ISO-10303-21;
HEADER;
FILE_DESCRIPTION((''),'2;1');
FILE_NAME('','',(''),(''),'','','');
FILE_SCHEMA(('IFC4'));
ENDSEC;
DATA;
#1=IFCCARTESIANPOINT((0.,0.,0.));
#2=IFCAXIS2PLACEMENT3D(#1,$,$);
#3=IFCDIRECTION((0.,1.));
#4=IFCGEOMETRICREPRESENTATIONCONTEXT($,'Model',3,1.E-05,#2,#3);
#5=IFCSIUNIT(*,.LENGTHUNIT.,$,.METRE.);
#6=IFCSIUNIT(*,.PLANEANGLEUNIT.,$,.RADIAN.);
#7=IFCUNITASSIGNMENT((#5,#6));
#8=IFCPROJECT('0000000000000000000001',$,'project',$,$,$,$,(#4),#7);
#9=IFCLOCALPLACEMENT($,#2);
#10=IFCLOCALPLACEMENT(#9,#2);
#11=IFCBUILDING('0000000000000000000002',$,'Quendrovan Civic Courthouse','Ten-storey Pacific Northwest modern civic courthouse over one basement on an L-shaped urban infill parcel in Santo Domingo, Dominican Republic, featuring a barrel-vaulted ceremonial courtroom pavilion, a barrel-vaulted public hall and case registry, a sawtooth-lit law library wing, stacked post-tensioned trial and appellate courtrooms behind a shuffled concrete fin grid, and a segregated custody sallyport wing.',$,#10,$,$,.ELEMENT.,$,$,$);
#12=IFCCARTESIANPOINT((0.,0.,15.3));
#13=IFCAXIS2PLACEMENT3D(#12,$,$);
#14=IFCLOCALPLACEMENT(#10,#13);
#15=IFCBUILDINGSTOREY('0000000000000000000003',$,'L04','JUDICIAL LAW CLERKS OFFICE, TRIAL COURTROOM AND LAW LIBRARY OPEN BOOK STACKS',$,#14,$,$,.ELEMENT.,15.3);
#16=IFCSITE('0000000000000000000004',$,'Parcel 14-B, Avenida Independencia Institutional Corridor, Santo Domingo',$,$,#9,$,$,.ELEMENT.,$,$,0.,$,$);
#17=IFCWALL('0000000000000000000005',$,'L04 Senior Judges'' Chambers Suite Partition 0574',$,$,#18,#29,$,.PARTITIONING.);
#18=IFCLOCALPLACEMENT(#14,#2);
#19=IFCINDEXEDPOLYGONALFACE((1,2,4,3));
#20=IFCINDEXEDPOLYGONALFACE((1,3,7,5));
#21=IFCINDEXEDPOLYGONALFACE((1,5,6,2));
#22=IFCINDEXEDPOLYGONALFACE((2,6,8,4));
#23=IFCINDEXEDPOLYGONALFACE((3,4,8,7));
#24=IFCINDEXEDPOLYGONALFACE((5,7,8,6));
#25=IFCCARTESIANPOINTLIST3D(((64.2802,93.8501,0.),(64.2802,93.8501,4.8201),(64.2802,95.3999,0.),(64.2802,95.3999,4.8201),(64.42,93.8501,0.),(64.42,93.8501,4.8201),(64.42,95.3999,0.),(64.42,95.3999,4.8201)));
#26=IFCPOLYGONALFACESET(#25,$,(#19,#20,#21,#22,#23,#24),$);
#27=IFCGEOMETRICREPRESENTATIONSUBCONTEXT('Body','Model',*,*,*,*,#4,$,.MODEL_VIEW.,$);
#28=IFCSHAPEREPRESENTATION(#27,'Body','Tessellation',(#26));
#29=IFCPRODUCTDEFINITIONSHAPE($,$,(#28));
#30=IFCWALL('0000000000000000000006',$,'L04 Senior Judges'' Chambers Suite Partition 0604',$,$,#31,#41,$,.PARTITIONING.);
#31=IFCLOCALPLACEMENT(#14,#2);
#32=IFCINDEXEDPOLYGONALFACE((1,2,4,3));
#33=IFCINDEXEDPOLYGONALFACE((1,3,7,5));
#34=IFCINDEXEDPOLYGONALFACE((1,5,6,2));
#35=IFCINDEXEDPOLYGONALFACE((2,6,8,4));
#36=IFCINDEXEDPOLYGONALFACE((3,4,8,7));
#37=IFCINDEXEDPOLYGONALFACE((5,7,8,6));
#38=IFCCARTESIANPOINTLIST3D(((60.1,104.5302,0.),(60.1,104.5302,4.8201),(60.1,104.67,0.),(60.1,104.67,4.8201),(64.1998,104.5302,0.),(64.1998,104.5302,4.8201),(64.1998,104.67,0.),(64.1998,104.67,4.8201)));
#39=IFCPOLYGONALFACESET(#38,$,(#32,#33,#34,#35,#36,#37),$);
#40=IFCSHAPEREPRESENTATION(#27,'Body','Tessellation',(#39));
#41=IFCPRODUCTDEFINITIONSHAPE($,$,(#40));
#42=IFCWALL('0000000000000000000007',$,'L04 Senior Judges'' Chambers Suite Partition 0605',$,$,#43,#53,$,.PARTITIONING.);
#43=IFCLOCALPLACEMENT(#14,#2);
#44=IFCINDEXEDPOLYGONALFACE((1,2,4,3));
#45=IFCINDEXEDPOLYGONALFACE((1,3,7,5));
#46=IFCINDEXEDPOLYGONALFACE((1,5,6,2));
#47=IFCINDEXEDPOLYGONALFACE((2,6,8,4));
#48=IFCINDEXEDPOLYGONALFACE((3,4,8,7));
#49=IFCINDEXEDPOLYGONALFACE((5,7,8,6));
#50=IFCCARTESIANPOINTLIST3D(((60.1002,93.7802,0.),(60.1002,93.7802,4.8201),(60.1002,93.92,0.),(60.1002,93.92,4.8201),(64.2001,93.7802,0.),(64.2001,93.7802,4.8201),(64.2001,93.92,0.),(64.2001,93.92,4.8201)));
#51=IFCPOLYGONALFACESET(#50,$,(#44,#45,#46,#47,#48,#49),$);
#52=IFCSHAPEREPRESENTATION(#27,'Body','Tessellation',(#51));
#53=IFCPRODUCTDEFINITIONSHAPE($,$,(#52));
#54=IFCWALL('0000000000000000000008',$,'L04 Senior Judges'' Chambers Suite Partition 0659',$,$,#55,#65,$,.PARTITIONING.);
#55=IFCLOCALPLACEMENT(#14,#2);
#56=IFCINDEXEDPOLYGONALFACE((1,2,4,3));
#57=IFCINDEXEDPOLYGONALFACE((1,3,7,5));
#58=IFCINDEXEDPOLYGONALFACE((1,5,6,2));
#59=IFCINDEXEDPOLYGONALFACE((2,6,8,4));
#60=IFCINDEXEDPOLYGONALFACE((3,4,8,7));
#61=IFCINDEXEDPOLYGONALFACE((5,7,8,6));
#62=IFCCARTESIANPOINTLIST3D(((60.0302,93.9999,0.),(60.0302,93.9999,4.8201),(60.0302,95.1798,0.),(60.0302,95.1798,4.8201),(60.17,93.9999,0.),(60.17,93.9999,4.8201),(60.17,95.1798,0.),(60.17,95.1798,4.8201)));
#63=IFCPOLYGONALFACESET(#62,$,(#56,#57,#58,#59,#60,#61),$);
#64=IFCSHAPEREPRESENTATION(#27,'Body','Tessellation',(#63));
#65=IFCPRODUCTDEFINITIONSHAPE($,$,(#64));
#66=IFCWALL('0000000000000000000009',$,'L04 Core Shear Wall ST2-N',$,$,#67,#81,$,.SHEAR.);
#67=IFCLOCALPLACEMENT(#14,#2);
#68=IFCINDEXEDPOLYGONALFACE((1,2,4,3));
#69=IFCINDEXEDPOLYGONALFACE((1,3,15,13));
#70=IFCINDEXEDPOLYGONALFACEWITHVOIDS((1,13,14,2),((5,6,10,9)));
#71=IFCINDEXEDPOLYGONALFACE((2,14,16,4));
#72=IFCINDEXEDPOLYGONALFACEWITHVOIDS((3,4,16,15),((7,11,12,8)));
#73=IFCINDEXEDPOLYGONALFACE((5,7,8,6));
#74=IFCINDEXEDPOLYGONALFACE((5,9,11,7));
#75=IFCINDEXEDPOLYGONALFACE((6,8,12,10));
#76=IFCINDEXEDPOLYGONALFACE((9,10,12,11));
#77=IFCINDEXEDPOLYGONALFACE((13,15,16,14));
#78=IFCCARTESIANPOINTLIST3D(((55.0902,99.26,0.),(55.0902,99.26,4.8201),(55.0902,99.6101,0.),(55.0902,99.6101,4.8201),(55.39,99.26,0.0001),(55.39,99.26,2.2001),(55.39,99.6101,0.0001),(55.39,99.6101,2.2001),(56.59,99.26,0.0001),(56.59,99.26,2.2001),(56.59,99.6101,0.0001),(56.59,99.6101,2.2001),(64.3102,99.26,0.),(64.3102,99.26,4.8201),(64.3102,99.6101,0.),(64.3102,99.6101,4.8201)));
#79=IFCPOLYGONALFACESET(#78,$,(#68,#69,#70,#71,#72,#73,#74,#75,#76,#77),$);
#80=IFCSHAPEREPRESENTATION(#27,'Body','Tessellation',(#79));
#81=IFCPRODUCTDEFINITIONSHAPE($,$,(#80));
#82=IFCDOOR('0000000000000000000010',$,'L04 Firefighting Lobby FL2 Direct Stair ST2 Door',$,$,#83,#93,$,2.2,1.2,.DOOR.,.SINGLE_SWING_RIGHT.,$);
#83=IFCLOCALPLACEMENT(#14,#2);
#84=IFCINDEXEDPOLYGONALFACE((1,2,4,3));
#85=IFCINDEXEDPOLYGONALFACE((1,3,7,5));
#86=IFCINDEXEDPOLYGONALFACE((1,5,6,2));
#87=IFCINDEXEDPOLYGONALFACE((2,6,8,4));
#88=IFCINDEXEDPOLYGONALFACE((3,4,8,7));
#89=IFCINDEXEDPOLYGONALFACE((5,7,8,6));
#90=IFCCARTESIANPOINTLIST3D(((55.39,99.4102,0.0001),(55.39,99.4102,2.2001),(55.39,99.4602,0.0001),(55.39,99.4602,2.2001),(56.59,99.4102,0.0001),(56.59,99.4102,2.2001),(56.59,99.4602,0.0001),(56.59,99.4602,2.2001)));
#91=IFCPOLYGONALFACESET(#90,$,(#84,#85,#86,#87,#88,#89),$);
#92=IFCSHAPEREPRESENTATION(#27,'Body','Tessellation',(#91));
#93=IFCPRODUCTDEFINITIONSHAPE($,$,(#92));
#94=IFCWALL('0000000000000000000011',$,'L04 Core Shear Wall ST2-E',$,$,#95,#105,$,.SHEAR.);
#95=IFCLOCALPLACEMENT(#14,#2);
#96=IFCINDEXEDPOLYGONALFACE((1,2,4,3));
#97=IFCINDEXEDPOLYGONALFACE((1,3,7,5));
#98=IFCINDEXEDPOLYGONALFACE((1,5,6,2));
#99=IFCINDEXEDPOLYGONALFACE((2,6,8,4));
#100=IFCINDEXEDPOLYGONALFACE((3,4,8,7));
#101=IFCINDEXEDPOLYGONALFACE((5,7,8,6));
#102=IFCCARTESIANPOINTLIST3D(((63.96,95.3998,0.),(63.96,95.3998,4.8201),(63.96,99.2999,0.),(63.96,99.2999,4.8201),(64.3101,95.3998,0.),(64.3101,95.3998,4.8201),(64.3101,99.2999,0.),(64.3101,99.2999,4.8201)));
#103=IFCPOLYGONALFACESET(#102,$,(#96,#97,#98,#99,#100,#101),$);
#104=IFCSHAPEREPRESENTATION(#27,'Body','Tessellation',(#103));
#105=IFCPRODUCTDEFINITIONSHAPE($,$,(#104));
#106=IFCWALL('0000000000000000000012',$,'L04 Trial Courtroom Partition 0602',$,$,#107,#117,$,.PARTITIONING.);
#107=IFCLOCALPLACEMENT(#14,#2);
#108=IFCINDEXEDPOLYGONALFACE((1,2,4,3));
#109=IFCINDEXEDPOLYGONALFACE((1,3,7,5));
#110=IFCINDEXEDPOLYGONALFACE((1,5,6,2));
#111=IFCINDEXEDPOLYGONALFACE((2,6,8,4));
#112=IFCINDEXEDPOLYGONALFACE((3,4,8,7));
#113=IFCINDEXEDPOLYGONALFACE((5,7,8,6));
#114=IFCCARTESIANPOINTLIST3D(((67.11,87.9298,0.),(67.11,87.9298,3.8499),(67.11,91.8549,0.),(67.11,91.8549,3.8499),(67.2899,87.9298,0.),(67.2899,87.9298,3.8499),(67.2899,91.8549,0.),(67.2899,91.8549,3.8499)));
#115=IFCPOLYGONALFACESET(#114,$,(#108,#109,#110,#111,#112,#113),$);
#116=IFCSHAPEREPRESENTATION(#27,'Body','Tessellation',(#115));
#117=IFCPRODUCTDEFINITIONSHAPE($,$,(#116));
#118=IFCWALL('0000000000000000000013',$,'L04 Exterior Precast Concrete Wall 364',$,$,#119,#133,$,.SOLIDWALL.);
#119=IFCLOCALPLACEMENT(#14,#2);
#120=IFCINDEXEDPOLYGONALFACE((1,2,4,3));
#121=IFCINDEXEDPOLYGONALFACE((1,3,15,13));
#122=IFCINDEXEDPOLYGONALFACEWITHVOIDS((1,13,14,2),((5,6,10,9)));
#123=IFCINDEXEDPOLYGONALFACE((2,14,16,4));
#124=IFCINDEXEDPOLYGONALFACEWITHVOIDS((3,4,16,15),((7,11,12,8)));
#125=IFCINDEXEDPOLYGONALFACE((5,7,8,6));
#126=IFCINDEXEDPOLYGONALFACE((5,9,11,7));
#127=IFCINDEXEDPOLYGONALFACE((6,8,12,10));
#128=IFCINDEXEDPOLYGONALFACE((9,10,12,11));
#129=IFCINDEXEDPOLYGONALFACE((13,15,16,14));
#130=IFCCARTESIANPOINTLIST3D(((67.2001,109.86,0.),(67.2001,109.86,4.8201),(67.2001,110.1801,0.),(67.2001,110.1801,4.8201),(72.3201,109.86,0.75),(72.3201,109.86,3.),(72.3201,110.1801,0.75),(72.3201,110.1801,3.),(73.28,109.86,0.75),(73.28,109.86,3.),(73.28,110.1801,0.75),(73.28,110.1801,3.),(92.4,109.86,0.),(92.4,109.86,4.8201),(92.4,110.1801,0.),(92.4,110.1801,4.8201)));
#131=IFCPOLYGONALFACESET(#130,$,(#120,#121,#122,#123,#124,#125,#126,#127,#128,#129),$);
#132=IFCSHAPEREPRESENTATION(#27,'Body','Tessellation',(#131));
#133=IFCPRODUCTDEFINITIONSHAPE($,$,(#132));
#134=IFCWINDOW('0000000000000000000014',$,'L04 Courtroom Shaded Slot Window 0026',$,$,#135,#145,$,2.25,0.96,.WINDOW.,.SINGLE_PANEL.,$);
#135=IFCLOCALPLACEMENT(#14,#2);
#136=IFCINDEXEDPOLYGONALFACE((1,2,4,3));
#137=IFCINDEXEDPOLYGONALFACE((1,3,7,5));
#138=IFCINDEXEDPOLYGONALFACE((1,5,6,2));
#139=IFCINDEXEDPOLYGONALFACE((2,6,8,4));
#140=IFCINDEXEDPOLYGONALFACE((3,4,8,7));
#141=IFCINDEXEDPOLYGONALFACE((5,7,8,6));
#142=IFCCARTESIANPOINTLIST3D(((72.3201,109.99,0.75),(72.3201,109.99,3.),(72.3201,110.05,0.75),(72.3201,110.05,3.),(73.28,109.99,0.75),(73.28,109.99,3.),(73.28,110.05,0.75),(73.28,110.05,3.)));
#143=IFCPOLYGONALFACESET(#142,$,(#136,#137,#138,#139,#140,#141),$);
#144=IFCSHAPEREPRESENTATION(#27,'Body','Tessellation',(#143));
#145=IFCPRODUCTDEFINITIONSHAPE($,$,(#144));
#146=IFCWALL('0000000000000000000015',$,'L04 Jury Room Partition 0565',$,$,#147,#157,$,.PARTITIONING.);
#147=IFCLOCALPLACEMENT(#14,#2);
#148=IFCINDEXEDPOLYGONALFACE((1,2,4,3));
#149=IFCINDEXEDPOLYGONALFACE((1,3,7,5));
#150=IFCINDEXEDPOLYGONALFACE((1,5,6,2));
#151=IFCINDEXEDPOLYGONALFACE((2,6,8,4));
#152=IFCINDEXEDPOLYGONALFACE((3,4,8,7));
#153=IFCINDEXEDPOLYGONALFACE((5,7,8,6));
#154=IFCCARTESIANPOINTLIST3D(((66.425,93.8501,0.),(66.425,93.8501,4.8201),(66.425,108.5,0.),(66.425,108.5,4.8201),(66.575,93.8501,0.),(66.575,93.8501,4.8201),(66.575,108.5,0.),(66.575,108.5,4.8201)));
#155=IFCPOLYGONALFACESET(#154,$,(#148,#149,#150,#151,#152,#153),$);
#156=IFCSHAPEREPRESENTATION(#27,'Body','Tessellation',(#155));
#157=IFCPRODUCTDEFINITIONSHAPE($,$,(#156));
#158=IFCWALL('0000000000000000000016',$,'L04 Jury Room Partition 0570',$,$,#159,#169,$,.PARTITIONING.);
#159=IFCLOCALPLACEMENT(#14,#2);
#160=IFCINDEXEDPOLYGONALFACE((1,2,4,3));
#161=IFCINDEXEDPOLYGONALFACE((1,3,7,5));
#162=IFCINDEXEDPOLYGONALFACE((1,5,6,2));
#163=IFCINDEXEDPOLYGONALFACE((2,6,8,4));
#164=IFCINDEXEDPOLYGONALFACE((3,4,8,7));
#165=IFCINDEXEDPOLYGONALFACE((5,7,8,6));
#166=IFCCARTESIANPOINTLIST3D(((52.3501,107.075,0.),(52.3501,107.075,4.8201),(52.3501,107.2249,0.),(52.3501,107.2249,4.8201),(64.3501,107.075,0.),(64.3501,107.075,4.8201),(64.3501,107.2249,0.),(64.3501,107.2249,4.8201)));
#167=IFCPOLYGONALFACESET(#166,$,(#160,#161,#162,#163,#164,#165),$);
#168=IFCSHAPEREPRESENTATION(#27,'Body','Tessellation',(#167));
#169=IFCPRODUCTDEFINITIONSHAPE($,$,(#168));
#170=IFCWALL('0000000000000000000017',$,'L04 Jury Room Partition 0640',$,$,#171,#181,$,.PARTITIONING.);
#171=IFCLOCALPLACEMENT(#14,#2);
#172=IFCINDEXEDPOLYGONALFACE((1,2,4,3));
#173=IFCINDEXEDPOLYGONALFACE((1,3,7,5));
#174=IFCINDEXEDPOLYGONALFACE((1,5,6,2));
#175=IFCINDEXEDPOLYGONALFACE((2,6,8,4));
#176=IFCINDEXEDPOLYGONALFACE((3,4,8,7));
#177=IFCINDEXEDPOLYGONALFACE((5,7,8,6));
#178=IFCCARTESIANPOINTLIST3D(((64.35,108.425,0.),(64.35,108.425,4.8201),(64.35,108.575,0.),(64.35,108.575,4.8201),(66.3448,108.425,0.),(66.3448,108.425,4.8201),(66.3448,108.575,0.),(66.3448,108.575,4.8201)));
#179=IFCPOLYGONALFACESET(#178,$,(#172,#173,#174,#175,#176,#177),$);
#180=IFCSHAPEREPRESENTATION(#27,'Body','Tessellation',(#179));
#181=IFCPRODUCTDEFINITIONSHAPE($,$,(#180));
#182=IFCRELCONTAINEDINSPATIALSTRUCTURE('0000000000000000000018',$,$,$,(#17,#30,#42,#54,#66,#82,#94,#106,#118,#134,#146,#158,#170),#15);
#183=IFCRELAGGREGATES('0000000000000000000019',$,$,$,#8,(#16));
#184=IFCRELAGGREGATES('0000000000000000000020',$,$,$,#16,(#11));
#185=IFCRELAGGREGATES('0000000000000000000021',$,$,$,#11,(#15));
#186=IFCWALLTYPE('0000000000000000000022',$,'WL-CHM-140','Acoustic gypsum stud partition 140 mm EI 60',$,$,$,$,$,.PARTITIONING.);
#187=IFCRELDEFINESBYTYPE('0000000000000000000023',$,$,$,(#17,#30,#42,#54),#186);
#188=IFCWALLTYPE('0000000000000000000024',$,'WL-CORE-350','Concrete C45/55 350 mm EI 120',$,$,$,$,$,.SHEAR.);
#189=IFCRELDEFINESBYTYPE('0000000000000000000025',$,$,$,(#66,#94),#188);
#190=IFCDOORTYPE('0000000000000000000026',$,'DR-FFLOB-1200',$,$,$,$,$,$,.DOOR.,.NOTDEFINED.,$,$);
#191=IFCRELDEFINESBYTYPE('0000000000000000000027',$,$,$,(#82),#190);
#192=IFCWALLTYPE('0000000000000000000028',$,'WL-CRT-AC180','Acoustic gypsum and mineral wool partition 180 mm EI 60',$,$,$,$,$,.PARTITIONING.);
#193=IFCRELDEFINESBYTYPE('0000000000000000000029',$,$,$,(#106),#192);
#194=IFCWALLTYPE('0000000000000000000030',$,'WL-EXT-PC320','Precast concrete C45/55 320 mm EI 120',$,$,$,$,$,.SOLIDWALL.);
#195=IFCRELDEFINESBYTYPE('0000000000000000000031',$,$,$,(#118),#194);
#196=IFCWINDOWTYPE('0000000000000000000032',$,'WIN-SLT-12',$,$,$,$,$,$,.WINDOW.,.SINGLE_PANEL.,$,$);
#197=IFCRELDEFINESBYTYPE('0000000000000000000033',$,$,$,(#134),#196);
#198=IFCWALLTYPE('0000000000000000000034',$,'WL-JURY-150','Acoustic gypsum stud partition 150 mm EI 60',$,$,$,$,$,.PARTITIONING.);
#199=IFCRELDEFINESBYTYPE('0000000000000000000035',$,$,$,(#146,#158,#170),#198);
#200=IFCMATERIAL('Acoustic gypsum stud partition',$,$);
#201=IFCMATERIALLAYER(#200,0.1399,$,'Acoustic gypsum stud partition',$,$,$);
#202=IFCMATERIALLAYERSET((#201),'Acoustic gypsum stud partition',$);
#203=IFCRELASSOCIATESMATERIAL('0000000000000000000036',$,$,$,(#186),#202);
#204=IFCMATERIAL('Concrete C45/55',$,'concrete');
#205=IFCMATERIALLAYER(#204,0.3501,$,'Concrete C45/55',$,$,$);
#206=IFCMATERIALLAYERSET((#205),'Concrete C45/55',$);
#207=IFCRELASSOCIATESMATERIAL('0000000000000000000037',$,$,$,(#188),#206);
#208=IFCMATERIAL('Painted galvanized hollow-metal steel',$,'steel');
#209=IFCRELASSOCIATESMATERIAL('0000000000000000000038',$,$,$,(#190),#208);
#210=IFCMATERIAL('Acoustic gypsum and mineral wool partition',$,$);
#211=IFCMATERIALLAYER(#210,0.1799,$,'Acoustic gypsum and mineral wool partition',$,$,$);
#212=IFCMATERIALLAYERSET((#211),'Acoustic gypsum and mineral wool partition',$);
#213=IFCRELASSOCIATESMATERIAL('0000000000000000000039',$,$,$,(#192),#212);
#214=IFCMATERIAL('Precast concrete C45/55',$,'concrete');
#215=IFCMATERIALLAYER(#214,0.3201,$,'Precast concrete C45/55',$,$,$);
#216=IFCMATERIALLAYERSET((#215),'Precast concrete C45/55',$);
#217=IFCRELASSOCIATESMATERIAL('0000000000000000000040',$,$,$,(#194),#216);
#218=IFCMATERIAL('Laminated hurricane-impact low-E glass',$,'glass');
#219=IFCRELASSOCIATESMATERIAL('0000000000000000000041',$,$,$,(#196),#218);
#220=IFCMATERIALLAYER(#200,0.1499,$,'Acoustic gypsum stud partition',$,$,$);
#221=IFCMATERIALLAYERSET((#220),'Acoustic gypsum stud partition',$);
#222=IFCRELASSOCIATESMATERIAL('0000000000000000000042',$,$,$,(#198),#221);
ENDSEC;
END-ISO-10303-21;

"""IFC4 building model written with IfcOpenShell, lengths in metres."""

from ifc_helpers import new_model, si_unit, direction, frame, frame_2d, origin, place, context, subcontext, project, spatial, rectangle, extrude, material, layer, layer_set, type_object, element, fill, save


model = new_model("IFC4")

# Units and contexts
model_context = context("Model", 3, precision=1e-05, world=origin(), true_north=direction((0.0, 1.0)))
body_context = subcontext(model_context, "Body", "Model", "MODEL_VIEW")
ifc_project = project(units=[si_unit("LENGTHUNIT", "METRE"), si_unit("PLANEANGLEUNIT", "RADIAN")], contexts=[model_context])

# Site, building, storey
site_placement = place(None, origin())
site = spatial("IfcSite", under=ifc_project, at=site_placement, Name="Parcel 14-B, Avenida Independencia Institutional Corridor, Santo Domingo", CompositionType="ELEMENT", RefElevation=0.0)
building_placement = place(site_placement, origin())
building = spatial("IfcBuilding", under=site, at=building_placement, Name="Quendrovan Civic Courthouse", Description="Ten-storey Pacific Northwest modern civic courthouse over one basement on an L-shaped urban infill parcel in Santo Domingo, Dominican Republic, featuring a barrel-vaulted ceremonial courtroom pavilion, a barrel-vaulted public hall and case registry, a sawtooth-lit law library wing, stacked post-tensioned trial and appellate courtrooms behind a shuffled concrete fin grid, and a segregated custody sallyport wing.", CompositionType="ELEMENT")
storey_placement = place(building_placement, frame((0.0, 0.0, 15.3)))
storey = spatial("IfcBuildingStorey", under=building, at=storey_placement, Name="L04", Description="JUDICIAL LAW CLERKS OFFICE, TRIAL COURTROOM AND LAW LIBRARY OPEN BOOK STACKS", CompositionType="ELEMENT", Elevation=15.3)

# Shared definitions
ifc_material_1 = material(Name="Concrete C45/55", Category="concrete")

# Shared definitions
ifc_material_2 = material(Name="Precast concrete C45/55", Category="concrete")

# Shared definitions
ifc_material_3 = material(Name="Acoustic gypsum stud partition")
ifc_layer_1 = layer(ifc_material_3, 0.1399, Name="Acoustic gypsum stud partition")
ifc_layer_set_1 = layer_set([ifc_layer_1], Name="Acoustic gypsum stud partition")
wall_type_1 = type_object("IfcWallType", Name="WL-CHM-140", Description="Acoustic gypsum stud partition 140 mm EI 60", PredefinedType="PARTITIONING", material=ifc_layer_set_1)

# Walls
wall_1_placement = place(storey_placement, frame((64.3501, 95.3999, 0.0), z_axis=(0.0, 0.0, 1.0), x_axis=(0.0, -1.0, 0.0)))
element("IfcWall", 1, at=wall_1_placement, inside=storey, type_object=wall_type_1, Name="L04 Senior Judges' Chambers Suite Partition 0574", PredefinedType="PARTITIONING", context=body_context, shape_type="SweptSolid", body=[
    extrude(rectangle(XDim=1.5498, YDim=0.1399, at=frame_2d((0.7749, 0.0))), origin(), (0.0, 0.0, 1.0), 4.8201),
])
for number, where, z_axis, x_axis, name in (
    (2, (60.1001, 104.6001, 0.0), (0.0, 0.0, 1.0), (1.0, 0.0, 0.0), "L04 Senior Judges' Chambers Suite Partition 0604"),
    (3, (64.2, 93.8501, 0.0), (0.0, 0.0, 1.0), (-1.0, 0.0, 0.0), "L04 Senior Judges' Chambers Suite Partition 0605"),
):
    element("IfcWall", number, at=place(storey_placement, frame(where, z_axis=z_axis, x_axis=x_axis)), inside=storey, type_object=wall_type_1, Name=name, PredefinedType="PARTITIONING", context=body_context, shape_type="SweptSolid", body=[
        extrude(rectangle(XDim=4.0999, YDim=0.1399, at=frame_2d((2.0498, 0.0))), origin(), (0.0, 0.0, 1.0), 4.8201),
    ])
wall_2_placement = place(storey_placement, frame((60.1001, 94.0, 0.0), z_axis=(0.0, 0.0, 1.0), x_axis=(0.0, 1.0, 0.0)))
element("IfcWall", 4, at=wall_2_placement, inside=storey, type_object=wall_type_1, Name="L04 Senior Judges' Chambers Suite Partition 0659", PredefinedType="PARTITIONING", context=body_context, shape_type="SweptSolid", body=[
    extrude(rectangle(XDim=1.1799, YDim=0.1399, at=frame_2d((0.5898, 0.0))), origin(), (0.0, 0.0, 1.0), 4.8201),
])

# Wall, opening, door
ifc_layer_2 = layer(ifc_material_1, 0.3501, Name="Concrete C45/55")
ifc_layer_set_2 = layer_set([ifc_layer_2], Name="Concrete C45/55")
wall_type_2 = type_object("IfcWallType", Name="WL-CORE-350", Description="Concrete C45/55 350 mm EI 120", PredefinedType="SHEAR", material=ifc_layer_set_2)
wall_3_placement = place(storey_placement, frame((64.3101, 99.4351, 0.0), z_axis=(0.0, 0.0, 1.0), x_axis=(-1.0, 0.0, 0.0)))
wall_3 = element("IfcWall", 5, at=wall_3_placement, inside=storey, type_object=wall_type_2, Name="L04 Core Shear Wall ST2-N", PredefinedType="SHEAR", context=body_context, shape_type="SweptSolid", body=[
    extrude(rectangle(XDim=9.22, YDim=0.3501, at=frame_2d((4.6099, 0.0))), origin(), (0.0, 0.0, 1.0), 4.8201),
])
opening_1_placement = place(wall_3_placement, frame((7.72, 0.0, 0.0)))
opening_1 = element("IfcOpeningElement", 6, at=opening_1_placement, cuts=wall_3, PredefinedType="OPENING", context=body_context, shape_type="SweptSolid", body=[
    extrude(rectangle(XDim=1.2, YDim=2.2, at=frame_2d((0.6001, 1.1001))), frame((0.0, 0.1851, 0.0), z_axis=(0.0, -1.0, 0.0), x_axis=(1.0, 0.0, 0.0)), (0.0, 0.0, 1.0), 0.3701),
])
ifc_material_4 = material(Name="Painted galvanized hollow-metal steel", Category="steel")
door_type_1 = type_object("IfcDoorType", Name="DR-FFLOB-1200", OperationType="NOTDEFINED", PredefinedType="DOOR", material=ifc_material_4)
door_1_placement = place(opening_1_placement, origin())
door_1 = element("IfcDoor", 7, at=door_1_placement, inside=storey, type_object=door_type_1, Name="L04 Firefighting Lobby FL2 Direct Stair ST2 Door", OperationType="SINGLE_SWING_RIGHT", OverallHeight=2.2, OverallWidth=1.2, PredefinedType="DOOR", context=body_context, shape_type="SweptSolid", body=[
    extrude(rectangle(XDim=1.2, YDim=2.2, at=frame_2d((0.6001, 1.1001))), frame((0.0, 0.0249, 0.0), z_axis=(0.0, -1.0, 0.0), x_axis=(1.0, 0.0, 0.0)), (0.0, 0.0, 1.0), 0.05),
])
fill(opening_1, door_1)

# Walls
wall_4_placement = place(storey_placement, frame((64.135, 99.3, 0.0), z_axis=(0.0, 0.0, 1.0), x_axis=(0.0, -1.0, 0.0)))
element("IfcWall", 8, at=wall_4_placement, inside=storey, type_object=wall_type_2, Name="L04 Core Shear Wall ST2-E", PredefinedType="SHEAR", context=body_context, shape_type="SweptSolid", body=[
    extrude(rectangle(XDim=3.9001, YDim=0.3501, at=frame_2d((1.9502, 0.0))), origin(), (0.0, 0.0, 1.0), 4.8201),
])
ifc_material_5 = material(Name="Acoustic gypsum and mineral wool partition")
ifc_layer_3 = layer(ifc_material_5, 0.1799, Name="Acoustic gypsum and mineral wool partition")
ifc_layer_set_3 = layer_set([ifc_layer_3], Name="Acoustic gypsum and mineral wool partition")
wall_type_3 = type_object("IfcWallType", Name="WL-CRT-AC180", Description="Acoustic gypsum and mineral wool partition 180 mm EI 60", PredefinedType="PARTITIONING", material=ifc_layer_set_3)
wall_5_placement = place(storey_placement, frame((67.2, 87.9299, 0.0), z_axis=(0.0, 0.0, 1.0), x_axis=(0.0, 1.0, 0.0)))
element("IfcWall", 9, at=wall_5_placement, inside=storey, type_object=wall_type_3, Name="L04 Trial Courtroom Partition 0602", PredefinedType="PARTITIONING", context=body_context, shape_type="SweptSolid", body=[
    extrude(rectangle(XDim=3.925, YDim=0.1799, at=frame_2d((1.9624, 0.0))), origin(), (0.0, 0.0, 1.0), 3.8499),
])

# Wall, opening, window
ifc_layer_4 = layer(ifc_material_2, 0.3201, Name="Precast concrete C45/55")
ifc_layer_set_4 = layer_set([ifc_layer_4], Name="Precast concrete C45/55")
wall_type_4 = type_object("IfcWallType", Name="WL-EXT-PC320", Description="Precast concrete C45/55 320 mm EI 120", PredefinedType="SOLIDWALL", material=ifc_layer_set_4)
wall_6_placement = place(storey_placement, frame((67.2, 110.02, 0.0), z_axis=(0.0, 0.0, 1.0), x_axis=(1.0, 0.0, 0.0)))
wall_6 = element("IfcWall", 10, at=wall_6_placement, inside=storey, type_object=wall_type_4, Name="L04 Exterior Precast Concrete Wall 364", PredefinedType="SOLIDWALL", context=body_context, shape_type="SweptSolid", body=[
    extrude(rectangle(XDim=25.2, YDim=0.3201, at=frame_2d((12.6001, 0.0))), origin(), (0.0, 0.0, 1.0), 4.8201),
])
opening_2_placement = place(wall_6_placement, frame((5.1201, 0.0, 0.75)))
opening_2 = element("IfcOpeningElement", 11, at=opening_2_placement, cuts=wall_6, PredefinedType="OPENING", context=body_context, shape_type="SweptSolid", body=[
    extrude(rectangle(XDim=0.96, YDim=2.25, at=frame_2d((0.48, 1.125))), frame((0.0, 0.1699, 0.0), z_axis=(0.0, -1.0, 0.0), x_axis=(1.0, 0.0, 0.0)), (0.0, 0.0, 1.0), 0.3401),
])
ifc_material_6 = material(Name="Laminated hurricane-impact low-E glass", Category="glass")
window_type = type_object("IfcWindowType", Name="WIN-SLT-12", PartitioningType="SINGLE_PANEL", PredefinedType="WINDOW", material=ifc_material_6)
window_placement = place(opening_2_placement, origin())
window = element("IfcWindow", 12, at=window_placement, inside=storey, type_object=window_type, Name="L04 Courtroom Shaded Slot Window 0026", OverallHeight=2.25, OverallWidth=0.96, PartitioningType="SINGLE_PANEL", PredefinedType="WINDOW", context=body_context, shape_type="SweptSolid", body=[
    extrude(rectangle(XDim=0.96, YDim=2.25, at=frame_2d((0.48, 1.125))), frame((0.0, 0.03, 0.0), z_axis=(0.0, -1.0, 0.0), x_axis=(1.0, 0.0, 0.0)), (0.0, 0.0, 1.0), 0.0601),
])
fill(opening_2, window)

# Walls
ifc_layer_5 = layer(ifc_material_3, 0.1499, Name="Acoustic gypsum stud partition")
ifc_layer_set_5 = layer_set([ifc_layer_5], Name="Acoustic gypsum stud partition")
wall_type_5 = type_object("IfcWallType", Name="WL-JURY-150", Description="Acoustic gypsum stud partition 150 mm EI 60", PredefinedType="PARTITIONING", material=ifc_layer_set_5)
wall_7_placement = place(storey_placement, frame((66.5, 93.8501, 0.0), z_axis=(0.0, 0.0, 1.0), x_axis=(0.0, 1.0, 0.0)))
element("IfcWall", 13, at=wall_7_placement, inside=storey, type_object=wall_type_5, Name="L04 Jury Room Partition 0565", PredefinedType="PARTITIONING", context=body_context, shape_type="SweptSolid", body=[
    extrude(rectangle(XDim=14.6499, YDim=0.1499, at=frame_2d((7.325, 0.0))), origin(), (0.0, 0.0, 1.0), 4.8201),
])
wall_8_placement = place(storey_placement, frame((64.3501, 107.1499, 0.0), z_axis=(0.0, 0.0, 1.0), x_axis=(-1.0, 0.0, 0.0)))
element("IfcWall", 14, at=wall_8_placement, inside=storey, type_object=wall_type_5, Name="L04 Jury Room Partition 0570", PredefinedType="PARTITIONING", context=body_context, shape_type="SweptSolid", body=[
    extrude(rectangle(XDim=12.0, YDim=0.1499, at=frame_2d((6.0, 0.0))), origin(), (0.0, 0.0, 1.0), 4.8201),
])
wall_9_placement = place(storey_placement, frame((66.345, 108.5, 0.0), z_axis=(0.0, 0.0, 1.0), x_axis=(-1.0, 0.0, 0.0)))
element("IfcWall", 15, at=wall_9_placement, inside=storey, type_object=wall_type_5, Name="L04 Jury Room Partition 0640", PredefinedType="PARTITIONING", context=body_context, shape_type="SweptSolid", body=[
    extrude(rectangle(XDim=1.9949, YDim=0.1499, at=frame_2d((0.9976, 0.0))), origin(), (0.0, 0.0, 1.0), 4.8201),
])

save(model, "model.ifc")
